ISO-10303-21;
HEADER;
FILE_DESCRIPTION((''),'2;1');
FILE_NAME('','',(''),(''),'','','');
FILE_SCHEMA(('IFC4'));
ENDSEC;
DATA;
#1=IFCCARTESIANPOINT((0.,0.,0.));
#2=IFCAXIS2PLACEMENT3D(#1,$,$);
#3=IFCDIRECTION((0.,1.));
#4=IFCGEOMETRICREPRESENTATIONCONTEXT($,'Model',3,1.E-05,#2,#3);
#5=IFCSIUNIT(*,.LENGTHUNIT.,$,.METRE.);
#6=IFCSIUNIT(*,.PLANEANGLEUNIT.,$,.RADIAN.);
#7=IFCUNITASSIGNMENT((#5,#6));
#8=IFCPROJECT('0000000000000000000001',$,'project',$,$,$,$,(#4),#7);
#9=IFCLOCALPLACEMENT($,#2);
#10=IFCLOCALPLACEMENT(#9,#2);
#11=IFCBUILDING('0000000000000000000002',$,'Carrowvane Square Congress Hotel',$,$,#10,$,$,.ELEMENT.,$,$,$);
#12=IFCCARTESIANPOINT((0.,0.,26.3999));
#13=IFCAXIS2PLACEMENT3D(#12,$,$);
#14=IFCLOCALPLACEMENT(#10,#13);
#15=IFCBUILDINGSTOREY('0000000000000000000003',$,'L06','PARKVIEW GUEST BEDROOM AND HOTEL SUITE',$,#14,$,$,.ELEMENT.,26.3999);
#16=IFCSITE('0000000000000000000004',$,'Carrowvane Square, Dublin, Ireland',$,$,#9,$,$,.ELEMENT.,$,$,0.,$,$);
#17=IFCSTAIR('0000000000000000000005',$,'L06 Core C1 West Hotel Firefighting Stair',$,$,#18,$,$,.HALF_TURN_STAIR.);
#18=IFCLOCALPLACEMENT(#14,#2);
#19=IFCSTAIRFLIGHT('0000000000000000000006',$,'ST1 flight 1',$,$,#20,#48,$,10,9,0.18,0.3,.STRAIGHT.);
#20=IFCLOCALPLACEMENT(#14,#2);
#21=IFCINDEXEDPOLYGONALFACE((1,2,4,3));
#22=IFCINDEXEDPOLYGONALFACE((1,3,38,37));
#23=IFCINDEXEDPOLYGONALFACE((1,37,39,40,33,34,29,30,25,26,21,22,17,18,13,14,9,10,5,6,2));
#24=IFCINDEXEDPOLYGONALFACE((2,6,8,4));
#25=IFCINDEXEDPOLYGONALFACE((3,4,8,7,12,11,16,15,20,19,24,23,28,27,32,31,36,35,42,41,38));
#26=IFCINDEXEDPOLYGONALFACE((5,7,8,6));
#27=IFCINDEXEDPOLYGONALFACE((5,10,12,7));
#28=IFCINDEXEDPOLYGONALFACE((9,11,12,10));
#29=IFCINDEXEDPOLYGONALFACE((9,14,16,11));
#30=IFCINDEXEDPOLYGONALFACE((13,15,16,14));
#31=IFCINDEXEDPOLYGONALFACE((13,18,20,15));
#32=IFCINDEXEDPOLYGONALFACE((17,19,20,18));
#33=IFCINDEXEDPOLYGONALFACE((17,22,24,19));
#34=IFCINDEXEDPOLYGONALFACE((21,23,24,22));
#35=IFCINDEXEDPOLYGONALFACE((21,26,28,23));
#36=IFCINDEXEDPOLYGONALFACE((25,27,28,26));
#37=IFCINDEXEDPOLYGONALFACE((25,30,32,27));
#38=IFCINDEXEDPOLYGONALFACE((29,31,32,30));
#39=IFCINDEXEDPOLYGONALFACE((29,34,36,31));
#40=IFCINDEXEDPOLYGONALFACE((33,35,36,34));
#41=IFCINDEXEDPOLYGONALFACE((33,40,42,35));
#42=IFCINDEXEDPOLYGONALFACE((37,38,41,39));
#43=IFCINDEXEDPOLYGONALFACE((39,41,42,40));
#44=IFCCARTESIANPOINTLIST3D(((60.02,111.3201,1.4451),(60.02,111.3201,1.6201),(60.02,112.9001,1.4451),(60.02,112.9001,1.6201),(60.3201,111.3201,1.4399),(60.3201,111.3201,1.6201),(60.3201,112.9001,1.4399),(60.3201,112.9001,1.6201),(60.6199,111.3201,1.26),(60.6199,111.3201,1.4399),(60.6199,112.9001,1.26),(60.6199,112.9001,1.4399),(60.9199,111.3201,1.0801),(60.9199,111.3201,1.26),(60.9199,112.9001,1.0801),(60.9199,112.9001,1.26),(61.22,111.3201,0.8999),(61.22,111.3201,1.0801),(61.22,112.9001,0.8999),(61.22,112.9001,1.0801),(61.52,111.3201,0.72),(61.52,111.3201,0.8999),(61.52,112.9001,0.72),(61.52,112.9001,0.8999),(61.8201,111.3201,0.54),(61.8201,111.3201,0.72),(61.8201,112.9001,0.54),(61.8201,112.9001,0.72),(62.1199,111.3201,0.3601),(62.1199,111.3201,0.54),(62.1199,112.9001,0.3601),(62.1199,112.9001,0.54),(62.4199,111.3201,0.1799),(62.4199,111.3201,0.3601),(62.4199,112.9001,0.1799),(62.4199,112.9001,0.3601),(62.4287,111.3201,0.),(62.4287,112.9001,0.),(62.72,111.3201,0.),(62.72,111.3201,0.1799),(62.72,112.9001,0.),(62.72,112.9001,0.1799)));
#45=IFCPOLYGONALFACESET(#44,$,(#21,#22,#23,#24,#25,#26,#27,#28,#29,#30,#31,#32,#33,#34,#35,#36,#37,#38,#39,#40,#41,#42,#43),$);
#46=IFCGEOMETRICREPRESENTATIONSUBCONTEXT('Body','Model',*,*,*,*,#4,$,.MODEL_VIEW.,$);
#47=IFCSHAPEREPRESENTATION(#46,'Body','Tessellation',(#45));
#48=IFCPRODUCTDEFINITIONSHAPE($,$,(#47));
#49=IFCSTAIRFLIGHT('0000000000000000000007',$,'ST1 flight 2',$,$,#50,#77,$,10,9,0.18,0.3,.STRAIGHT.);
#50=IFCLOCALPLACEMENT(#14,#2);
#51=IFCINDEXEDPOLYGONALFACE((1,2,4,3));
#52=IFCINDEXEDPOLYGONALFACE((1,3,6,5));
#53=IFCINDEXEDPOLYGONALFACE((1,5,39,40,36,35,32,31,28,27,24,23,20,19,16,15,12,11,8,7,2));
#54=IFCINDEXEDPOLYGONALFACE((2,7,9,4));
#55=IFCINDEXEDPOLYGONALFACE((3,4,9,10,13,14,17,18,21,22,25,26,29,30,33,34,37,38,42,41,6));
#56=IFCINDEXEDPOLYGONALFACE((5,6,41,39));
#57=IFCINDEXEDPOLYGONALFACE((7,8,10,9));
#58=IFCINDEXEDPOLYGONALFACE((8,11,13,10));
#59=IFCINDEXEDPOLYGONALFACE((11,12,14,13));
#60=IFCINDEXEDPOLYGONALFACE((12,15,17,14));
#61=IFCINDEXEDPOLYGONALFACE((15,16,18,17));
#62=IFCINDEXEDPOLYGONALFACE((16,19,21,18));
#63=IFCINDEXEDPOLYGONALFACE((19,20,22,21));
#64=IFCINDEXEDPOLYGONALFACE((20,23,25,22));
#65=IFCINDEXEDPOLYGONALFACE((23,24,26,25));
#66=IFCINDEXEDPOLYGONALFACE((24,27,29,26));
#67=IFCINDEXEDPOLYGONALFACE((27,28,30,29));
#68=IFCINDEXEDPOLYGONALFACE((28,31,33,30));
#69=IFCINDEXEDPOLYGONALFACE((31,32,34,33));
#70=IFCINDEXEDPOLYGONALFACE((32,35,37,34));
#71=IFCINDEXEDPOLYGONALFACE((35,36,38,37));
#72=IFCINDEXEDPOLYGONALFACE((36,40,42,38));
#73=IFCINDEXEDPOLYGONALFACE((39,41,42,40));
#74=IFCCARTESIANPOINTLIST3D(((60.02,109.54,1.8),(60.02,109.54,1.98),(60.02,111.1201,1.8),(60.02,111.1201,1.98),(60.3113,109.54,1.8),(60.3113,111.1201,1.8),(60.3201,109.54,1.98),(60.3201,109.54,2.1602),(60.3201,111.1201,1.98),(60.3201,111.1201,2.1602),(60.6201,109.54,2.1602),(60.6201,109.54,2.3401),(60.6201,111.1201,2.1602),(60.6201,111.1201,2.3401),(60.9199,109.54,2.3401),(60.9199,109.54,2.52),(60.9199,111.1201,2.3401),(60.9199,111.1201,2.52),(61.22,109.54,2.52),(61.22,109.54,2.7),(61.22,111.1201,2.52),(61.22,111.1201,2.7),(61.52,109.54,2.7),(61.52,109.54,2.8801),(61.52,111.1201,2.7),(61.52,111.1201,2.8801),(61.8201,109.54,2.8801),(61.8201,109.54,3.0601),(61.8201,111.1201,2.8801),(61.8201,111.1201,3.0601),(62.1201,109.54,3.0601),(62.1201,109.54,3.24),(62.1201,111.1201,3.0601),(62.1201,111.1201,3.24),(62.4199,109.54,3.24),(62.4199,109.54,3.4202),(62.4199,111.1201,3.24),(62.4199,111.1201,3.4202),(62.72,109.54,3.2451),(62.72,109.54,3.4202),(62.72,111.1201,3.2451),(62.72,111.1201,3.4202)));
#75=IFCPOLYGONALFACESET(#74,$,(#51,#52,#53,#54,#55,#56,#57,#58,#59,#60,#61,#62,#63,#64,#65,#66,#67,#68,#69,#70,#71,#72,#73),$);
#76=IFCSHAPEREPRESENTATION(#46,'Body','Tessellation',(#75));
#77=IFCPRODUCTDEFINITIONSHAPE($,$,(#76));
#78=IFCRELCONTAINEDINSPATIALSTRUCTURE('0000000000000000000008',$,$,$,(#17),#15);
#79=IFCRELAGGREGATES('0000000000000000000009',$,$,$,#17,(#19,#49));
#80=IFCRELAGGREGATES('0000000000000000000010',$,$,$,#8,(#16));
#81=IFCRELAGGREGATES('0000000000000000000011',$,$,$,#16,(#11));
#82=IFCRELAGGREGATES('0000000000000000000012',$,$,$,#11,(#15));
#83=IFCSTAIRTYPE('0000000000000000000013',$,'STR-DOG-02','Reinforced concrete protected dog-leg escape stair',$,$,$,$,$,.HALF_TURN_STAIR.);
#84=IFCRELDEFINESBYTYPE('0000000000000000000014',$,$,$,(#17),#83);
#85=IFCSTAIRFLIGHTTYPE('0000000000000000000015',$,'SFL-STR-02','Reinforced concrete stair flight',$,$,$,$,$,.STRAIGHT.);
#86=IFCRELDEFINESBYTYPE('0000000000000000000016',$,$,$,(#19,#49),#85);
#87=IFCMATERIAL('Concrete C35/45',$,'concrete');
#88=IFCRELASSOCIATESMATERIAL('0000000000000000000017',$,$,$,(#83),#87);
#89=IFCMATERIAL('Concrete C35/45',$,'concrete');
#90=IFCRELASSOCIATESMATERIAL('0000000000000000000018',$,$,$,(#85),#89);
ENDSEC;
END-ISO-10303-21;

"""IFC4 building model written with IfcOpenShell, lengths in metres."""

from ifc_helpers import new_model, si_unit, direction, frame, origin, place, context, subcontext, project, spatial, polyline, outline, extrude, material, type_object, element, aggregate, save


model = new_model("IFC4")

# Units and contexts
model_context = context("Model", 3, precision=1e-05, world=origin(), true_north=direction((0.0, 1.0)))
body_context = subcontext(model_context, "Body", "Model", "MODEL_VIEW")
ifc_project = project(units=[si_unit("LENGTHUNIT", "METRE"), si_unit("PLANEANGLEUNIT", "RADIAN")], contexts=[model_context])

# Site, building, storey
site_placement = place(None, origin())
site = spatial("IfcSite", under=ifc_project, at=site_placement, Name="Carrowvane Square, Dublin, Ireland", CompositionType="ELEMENT", RefElevation=0.0)
building_placement = place(site_placement, origin())
building = spatial("IfcBuilding", under=site, at=building_placement, Name="Carrowvane Square Congress Hotel", CompositionType="ELEMENT")
storey_placement = place(building_placement, frame((0.0, 0.0, 26.3999)))
storey = spatial("IfcBuildingStorey", under=building, at=storey_placement, Name="L06", Description="PARKVIEW GUEST BEDROOM AND HOTEL SUITE", CompositionType="ELEMENT", Elevation=26.3999)

# Stair, stair flights
ifc_material_1 = material(Name="Concrete C35/45", Category="concrete")
stair_type = type_object("IfcStairType", Name="STR-DOG-02", Description="Reinforced concrete protected dog-leg escape stair", PredefinedType="HALF_TURN_STAIR", material=ifc_material_1)
stair_placement = place(storey_placement, origin())
stair = element("IfcStair", 1, at=stair_placement, inside=storey, type_object=stair_type, Name="L06 Core C1 West Hotel Firefighting Stair", PredefinedType="HALF_TURN_STAIR")
ifc_material_2 = material(Name="Concrete C35/45", Category="concrete")
stair_flight_type = type_object("IfcStairFlightType", Name="SFL-STR-02", Description="Reinforced concrete stair flight", PredefinedType="STRAIGHT", material=ifc_material_2)
stair_flight_1_placement = place(storey_placement, frame((62.72, 112.1101, 0.0), z_axis=(0.0, 0.0, 1.0), x_axis=(-1.0, 0.0, 0.0)))
stair_flight_1 = element("IfcStairFlight", 2, at=stair_flight_1_placement, type_object=stair_flight_type, Name="ST1 flight 1", NumberOfRisers=10, NumberOfTreads=9, PredefinedType="STRAIGHT", RiserHeight=0.18, TreadLength=0.3, context=body_context, shape_type="SweptSolid", body=[
    extrude(outline(polyline([(0.0, 0.0), (0.0, 0.1799), (0.3, 0.1799), (0.3, 0.3601), (0.6001, 0.3601), (0.6001, 0.54), (0.8999, 0.54), (0.8999, 0.72), (1.2, 0.72), (1.2, 0.8999), (1.5, 0.8999), (1.5, 1.0801), (1.8, 1.0801), (1.8, 1.26), (2.1001, 1.26), (2.1001, 1.4399), (2.3999, 1.4399), (2.3999, 1.6201), (2.7, 1.6201), (2.7, 1.8), (2.7, 1.4451), (0.2913, 0.0), (0.0, 0.0)])), frame((0.0, 0.79, 0.0), z_axis=(0.0, -1.0, 0.0), x_axis=(1.0, 0.0, 0.0)), (0.0, 0.0, 1.0), 1.5801),
])
stair_flight_2_placement = place(storey_placement, frame((60.02, 110.3301, 1.8), z_axis=(0.0, 0.0, 1.0), x_axis=(1.0, 0.0, 0.0)))
stair_flight_2 = element("IfcStairFlight", 3, at=stair_flight_2_placement, type_object=stair_flight_type, Name="ST1 flight 2", NumberOfRisers=10, NumberOfTreads=9, PredefinedType="STRAIGHT", RiserHeight=0.18, TreadLength=0.3, context=body_context, shape_type="SweptSolid", body=[
    extrude(outline(polyline([(0.0, 0.0), (0.0, 0.1799), (0.3, 0.1799), (0.3, 0.3601), (0.6001, 0.3601), (0.6001, 0.54), (0.8999, 0.54), (0.8999, 0.72), (1.2, 0.72), (1.2, 0.8999), (1.5, 0.8999), (1.5, 1.0801), (1.8, 1.0801), (1.8, 1.26), (2.1001, 1.26), (2.1001, 1.4399), (2.3999, 1.4399), (2.3999, 1.6201), (2.7, 1.6201), (2.7, 1.8), (2.7, 1.4451), (0.2913, 0.0), (0.0, 0.0)])), frame((0.0, 0.79, 0.0), z_axis=(0.0, -1.0, 0.0), x_axis=(1.0, 0.0, 0.0)), (0.0, 0.0, 1.0), 1.5801),
])
aggregate(stair, [stair_flight_1, stair_flight_2])

save(model, "model.ifc")
